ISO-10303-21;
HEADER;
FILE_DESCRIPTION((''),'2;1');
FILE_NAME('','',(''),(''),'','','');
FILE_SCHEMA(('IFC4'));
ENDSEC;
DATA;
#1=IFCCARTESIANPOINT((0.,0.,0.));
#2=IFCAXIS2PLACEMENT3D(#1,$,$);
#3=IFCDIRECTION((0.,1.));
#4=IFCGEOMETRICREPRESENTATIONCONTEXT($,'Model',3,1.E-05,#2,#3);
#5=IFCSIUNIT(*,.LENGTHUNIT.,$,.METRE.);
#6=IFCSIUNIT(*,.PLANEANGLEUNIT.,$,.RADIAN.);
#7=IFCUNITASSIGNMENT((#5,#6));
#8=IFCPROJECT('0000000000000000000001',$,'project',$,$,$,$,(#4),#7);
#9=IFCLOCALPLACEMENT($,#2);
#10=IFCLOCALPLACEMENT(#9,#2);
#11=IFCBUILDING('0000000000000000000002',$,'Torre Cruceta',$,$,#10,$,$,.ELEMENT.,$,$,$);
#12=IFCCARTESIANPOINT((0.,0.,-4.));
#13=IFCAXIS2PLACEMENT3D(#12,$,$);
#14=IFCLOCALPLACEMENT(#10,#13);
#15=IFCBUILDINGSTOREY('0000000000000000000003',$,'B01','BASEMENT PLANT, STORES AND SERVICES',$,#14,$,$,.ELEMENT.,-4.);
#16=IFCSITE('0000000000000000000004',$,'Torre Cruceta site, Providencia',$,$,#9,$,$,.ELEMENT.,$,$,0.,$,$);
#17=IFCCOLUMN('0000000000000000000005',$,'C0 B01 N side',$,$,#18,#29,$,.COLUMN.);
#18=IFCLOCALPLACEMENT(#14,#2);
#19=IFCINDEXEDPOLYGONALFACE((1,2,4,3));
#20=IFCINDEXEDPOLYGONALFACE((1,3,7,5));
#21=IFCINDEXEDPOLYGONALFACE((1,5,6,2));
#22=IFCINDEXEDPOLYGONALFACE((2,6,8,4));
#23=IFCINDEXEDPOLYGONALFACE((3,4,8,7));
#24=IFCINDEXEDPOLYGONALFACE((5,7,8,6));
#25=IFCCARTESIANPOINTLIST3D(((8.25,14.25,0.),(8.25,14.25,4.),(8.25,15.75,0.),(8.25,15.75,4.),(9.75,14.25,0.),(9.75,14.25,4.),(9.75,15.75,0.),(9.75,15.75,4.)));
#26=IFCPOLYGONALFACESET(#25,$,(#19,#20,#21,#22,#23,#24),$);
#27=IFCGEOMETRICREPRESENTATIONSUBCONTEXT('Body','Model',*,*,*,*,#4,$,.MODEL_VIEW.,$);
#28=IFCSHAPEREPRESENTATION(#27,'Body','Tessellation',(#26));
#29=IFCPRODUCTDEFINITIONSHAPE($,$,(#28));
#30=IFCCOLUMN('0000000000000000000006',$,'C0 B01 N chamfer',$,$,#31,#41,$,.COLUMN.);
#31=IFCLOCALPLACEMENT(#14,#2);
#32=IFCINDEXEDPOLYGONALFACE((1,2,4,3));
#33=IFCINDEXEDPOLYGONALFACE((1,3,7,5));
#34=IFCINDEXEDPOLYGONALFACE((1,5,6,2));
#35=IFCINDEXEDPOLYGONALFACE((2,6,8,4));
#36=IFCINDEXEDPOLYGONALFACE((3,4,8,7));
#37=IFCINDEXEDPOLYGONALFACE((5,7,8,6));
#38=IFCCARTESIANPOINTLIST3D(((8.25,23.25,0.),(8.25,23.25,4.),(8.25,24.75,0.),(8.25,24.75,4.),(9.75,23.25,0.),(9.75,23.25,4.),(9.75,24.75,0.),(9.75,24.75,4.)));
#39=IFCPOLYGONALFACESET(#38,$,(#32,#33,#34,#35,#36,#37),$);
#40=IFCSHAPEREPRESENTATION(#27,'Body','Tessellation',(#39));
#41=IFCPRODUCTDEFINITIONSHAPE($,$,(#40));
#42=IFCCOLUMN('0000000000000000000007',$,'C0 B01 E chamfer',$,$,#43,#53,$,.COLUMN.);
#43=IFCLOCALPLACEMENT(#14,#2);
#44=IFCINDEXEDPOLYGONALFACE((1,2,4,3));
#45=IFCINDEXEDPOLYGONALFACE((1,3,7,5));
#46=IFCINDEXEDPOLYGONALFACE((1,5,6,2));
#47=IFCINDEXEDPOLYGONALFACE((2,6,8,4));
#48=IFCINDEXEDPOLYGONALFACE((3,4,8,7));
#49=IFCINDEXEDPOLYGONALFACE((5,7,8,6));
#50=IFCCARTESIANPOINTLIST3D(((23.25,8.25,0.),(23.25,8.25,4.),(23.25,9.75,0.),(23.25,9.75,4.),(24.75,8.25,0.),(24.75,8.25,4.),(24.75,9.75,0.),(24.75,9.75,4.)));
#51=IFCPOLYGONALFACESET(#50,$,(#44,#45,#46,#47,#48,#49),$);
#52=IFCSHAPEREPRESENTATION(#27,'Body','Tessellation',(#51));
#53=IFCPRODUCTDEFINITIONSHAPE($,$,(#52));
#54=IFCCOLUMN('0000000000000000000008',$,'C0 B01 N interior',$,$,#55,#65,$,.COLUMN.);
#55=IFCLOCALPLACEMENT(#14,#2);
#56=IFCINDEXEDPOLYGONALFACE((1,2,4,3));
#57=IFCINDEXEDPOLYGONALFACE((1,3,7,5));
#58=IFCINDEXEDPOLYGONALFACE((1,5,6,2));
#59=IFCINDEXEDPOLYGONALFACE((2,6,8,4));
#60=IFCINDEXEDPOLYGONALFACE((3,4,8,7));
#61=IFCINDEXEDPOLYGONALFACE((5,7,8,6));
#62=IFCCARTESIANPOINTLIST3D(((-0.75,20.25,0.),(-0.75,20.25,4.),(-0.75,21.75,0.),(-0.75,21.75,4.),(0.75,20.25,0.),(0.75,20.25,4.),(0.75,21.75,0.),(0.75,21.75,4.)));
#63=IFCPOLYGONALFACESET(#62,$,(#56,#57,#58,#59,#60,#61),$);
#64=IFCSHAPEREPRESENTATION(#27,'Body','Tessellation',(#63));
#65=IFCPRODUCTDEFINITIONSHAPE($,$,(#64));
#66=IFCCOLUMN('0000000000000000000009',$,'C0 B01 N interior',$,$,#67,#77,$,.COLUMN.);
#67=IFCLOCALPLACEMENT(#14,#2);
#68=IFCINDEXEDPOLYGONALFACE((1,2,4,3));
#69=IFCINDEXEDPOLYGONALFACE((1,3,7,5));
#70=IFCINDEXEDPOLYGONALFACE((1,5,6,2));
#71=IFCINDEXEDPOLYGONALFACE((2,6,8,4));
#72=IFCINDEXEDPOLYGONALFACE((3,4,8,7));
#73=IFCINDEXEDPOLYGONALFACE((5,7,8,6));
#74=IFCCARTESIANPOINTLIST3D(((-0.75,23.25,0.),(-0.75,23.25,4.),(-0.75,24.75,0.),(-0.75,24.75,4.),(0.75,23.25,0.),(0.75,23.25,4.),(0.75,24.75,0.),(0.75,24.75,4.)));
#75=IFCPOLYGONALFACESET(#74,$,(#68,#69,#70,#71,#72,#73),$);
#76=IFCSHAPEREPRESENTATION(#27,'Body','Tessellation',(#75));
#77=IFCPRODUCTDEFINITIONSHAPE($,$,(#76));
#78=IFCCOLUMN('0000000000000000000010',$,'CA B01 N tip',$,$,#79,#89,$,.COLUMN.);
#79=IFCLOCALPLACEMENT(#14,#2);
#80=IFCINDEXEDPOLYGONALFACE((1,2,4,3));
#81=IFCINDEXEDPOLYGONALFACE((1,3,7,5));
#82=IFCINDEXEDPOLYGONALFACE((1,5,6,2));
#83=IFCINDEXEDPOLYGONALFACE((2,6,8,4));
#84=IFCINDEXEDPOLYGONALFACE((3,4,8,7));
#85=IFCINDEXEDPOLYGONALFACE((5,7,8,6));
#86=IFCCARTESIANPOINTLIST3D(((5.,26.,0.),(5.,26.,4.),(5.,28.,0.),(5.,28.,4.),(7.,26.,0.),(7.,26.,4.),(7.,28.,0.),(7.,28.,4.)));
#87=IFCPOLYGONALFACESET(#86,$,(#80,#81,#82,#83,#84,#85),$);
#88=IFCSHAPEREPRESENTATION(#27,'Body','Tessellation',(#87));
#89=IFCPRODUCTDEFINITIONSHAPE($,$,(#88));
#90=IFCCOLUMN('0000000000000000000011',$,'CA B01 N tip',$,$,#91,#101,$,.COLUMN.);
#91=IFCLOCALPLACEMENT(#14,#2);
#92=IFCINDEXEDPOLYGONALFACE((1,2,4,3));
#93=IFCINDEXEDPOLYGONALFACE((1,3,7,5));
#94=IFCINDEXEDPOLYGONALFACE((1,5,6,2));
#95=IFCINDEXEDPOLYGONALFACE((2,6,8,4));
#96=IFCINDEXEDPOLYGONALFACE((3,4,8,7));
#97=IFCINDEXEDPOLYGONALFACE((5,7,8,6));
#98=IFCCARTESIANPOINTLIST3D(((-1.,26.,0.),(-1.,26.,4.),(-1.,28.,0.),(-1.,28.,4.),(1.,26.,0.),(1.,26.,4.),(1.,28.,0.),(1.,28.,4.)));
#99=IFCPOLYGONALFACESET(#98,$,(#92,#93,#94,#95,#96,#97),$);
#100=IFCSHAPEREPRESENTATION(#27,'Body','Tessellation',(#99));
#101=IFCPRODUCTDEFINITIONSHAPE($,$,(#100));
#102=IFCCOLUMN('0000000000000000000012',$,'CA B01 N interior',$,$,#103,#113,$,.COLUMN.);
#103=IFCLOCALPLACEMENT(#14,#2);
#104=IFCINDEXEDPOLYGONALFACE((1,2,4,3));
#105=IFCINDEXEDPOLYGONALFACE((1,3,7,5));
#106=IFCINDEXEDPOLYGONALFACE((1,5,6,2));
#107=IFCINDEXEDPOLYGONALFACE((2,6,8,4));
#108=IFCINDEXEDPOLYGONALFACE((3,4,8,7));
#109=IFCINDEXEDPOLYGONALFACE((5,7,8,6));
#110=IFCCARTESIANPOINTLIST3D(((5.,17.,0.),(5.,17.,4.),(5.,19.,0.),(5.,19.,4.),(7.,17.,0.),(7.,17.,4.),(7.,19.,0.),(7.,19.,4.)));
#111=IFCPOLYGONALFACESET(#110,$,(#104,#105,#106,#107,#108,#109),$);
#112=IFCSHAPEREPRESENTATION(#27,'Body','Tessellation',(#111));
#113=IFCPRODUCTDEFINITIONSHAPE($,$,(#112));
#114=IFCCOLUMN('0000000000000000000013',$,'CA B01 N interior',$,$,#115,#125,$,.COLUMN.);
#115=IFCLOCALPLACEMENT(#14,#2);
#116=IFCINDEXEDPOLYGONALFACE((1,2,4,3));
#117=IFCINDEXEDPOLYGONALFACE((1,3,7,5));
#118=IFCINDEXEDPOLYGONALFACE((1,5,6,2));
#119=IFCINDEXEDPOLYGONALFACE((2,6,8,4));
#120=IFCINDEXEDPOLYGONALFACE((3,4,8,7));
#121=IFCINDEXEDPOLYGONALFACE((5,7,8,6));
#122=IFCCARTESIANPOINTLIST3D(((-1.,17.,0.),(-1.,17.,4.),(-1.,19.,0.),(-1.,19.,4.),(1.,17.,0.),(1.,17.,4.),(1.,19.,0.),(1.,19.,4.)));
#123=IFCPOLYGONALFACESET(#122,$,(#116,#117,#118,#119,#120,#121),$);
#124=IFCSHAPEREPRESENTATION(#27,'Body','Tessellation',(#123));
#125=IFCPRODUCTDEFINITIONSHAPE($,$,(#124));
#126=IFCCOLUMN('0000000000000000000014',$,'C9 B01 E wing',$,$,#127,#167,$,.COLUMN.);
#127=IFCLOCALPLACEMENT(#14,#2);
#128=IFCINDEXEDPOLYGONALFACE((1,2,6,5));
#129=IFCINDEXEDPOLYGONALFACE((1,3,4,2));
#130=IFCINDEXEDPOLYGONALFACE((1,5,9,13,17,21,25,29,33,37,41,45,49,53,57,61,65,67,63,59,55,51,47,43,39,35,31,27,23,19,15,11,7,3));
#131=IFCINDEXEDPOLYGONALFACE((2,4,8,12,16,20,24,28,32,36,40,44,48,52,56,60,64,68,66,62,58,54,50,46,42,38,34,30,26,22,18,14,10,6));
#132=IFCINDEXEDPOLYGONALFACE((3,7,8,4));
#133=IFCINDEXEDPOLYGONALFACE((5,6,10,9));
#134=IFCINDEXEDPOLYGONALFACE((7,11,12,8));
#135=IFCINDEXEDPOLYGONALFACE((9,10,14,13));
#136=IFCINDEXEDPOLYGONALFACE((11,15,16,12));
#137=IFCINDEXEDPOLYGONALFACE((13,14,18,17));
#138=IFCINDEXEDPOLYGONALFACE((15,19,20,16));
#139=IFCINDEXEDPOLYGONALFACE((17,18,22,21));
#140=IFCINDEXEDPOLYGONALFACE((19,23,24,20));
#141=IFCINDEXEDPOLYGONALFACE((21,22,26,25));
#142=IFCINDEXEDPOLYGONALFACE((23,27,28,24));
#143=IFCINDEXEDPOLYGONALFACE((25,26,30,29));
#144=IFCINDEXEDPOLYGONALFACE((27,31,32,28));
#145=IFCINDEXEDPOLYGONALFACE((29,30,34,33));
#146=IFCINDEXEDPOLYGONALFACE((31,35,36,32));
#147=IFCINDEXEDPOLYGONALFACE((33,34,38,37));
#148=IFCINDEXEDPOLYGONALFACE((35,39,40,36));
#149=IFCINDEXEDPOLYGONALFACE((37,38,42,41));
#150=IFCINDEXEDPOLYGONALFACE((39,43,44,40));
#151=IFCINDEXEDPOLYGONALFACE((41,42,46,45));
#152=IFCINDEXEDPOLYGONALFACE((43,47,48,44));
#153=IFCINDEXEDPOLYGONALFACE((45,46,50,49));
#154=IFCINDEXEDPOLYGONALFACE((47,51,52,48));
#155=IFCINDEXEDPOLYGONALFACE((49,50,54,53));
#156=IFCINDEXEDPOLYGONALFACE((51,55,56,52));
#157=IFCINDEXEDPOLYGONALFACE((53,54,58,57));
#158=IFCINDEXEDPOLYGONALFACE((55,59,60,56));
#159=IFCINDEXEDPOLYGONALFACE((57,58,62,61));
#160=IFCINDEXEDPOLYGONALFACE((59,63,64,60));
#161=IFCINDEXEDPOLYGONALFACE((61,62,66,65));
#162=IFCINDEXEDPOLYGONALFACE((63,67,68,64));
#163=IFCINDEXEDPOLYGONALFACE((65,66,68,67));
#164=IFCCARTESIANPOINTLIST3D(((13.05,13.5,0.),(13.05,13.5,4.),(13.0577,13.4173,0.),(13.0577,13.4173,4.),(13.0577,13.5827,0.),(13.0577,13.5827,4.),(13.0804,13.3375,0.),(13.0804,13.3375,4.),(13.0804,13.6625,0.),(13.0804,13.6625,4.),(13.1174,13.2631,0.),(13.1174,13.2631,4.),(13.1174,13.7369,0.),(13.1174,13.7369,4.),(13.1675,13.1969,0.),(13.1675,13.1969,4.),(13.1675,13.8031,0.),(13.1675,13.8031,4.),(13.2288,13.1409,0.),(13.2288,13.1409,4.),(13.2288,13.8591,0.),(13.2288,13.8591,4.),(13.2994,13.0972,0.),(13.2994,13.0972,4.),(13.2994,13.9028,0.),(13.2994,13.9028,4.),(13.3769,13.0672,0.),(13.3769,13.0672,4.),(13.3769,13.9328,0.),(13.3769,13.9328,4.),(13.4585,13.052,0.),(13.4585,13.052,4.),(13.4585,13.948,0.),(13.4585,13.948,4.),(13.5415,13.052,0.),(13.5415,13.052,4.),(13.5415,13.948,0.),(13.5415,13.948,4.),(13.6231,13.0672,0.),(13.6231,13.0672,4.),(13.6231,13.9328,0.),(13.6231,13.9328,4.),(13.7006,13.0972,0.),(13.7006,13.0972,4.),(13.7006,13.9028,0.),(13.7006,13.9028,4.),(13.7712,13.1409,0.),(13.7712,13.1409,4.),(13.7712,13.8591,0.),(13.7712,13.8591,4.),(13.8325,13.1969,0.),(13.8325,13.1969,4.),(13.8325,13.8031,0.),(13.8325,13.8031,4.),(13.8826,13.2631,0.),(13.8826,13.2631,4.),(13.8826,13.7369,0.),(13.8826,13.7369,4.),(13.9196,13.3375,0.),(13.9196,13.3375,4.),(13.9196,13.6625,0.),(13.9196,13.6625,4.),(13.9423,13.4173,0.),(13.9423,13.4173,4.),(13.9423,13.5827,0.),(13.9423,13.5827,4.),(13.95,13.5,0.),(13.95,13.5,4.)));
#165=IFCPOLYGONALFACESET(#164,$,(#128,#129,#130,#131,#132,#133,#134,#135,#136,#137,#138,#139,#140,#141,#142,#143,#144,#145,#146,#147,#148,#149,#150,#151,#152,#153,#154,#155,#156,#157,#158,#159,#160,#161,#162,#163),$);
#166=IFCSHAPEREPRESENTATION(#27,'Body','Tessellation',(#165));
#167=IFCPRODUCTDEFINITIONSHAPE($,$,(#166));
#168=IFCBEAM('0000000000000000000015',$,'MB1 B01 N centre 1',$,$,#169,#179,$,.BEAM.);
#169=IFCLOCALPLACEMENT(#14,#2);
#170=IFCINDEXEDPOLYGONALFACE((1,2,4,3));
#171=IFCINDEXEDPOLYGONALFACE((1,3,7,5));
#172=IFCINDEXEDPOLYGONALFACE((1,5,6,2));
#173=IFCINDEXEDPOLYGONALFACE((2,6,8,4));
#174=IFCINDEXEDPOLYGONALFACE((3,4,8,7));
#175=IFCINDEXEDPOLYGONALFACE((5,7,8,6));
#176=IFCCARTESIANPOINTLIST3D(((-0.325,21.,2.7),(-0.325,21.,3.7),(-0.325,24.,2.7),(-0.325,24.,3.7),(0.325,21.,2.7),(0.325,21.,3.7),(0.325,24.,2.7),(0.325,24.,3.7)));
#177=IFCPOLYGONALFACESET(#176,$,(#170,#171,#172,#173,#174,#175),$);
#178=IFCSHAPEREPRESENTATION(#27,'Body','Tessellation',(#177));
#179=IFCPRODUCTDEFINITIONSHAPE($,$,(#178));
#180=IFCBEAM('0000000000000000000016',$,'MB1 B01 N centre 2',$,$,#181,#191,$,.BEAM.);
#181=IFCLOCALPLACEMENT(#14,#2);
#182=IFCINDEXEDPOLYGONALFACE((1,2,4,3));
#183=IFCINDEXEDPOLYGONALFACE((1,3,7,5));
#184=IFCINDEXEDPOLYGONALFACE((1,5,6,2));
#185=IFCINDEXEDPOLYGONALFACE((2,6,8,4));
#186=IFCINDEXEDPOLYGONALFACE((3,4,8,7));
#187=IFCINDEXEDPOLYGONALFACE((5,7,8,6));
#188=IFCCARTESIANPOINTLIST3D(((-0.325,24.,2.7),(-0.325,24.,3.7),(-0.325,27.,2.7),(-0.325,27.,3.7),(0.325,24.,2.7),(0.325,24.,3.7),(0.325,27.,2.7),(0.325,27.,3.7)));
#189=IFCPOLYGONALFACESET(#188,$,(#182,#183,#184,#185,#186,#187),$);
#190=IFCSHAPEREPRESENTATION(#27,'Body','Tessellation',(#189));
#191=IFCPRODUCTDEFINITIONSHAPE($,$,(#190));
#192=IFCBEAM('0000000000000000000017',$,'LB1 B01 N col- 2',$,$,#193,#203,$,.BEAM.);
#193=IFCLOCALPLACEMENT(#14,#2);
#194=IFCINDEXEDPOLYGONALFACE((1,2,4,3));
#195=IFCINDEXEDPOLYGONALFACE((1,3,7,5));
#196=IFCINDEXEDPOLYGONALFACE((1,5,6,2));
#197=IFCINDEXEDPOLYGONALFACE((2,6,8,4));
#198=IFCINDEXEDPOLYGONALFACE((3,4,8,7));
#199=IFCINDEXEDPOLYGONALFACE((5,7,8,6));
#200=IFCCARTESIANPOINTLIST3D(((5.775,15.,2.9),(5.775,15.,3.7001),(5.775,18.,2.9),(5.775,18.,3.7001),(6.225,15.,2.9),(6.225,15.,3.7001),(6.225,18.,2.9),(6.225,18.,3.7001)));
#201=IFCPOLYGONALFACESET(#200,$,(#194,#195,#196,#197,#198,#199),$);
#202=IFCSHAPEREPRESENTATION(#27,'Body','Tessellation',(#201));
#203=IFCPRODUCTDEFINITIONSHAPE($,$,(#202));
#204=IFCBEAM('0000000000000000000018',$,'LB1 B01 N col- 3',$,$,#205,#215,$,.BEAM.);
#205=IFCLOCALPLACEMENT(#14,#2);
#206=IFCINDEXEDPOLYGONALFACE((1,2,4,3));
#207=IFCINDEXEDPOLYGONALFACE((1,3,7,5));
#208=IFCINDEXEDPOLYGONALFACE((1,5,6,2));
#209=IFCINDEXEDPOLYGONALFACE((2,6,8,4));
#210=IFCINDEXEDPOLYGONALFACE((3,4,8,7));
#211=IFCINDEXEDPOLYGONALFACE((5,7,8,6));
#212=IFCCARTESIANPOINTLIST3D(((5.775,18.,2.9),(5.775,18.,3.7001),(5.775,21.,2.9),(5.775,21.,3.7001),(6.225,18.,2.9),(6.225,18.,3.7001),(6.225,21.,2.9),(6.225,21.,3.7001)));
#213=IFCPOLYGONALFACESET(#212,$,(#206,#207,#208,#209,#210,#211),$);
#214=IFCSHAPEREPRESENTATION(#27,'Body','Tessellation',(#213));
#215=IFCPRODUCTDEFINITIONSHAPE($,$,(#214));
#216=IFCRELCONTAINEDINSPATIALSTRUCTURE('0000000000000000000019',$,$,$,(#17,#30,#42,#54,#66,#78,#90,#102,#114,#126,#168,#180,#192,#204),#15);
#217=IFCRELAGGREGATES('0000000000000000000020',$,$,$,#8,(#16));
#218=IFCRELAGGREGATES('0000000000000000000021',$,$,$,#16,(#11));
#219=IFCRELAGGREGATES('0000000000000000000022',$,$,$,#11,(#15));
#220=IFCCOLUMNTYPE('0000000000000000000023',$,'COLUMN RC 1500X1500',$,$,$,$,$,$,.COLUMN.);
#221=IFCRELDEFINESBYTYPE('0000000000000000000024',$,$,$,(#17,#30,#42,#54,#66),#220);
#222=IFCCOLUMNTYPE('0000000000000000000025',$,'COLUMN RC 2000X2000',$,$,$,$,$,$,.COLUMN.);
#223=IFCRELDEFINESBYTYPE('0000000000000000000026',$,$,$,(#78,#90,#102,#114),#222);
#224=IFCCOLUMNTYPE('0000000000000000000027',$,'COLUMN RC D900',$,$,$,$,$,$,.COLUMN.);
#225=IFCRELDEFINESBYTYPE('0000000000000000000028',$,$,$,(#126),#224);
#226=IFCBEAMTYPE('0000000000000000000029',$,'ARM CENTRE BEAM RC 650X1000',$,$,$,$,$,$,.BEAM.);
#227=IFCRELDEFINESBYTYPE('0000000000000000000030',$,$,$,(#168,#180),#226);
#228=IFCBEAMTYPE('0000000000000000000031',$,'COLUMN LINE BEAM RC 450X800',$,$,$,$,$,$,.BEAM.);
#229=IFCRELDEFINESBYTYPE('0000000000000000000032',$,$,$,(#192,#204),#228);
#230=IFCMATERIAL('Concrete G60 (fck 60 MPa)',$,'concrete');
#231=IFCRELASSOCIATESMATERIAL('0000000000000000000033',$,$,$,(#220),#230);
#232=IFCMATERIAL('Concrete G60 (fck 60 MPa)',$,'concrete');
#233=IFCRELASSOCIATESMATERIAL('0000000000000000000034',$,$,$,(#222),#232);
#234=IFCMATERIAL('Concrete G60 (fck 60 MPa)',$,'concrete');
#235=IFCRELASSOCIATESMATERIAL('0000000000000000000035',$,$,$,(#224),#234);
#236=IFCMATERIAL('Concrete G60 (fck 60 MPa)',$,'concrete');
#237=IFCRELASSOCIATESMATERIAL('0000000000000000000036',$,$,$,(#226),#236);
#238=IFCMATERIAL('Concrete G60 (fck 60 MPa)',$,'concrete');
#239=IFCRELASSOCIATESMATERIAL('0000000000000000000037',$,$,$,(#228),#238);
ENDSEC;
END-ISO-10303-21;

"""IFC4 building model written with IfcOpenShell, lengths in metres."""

from ifc_helpers import new_model, si_unit, direction, frame, origin, origin_2d, place, context, subcontext, project, spatial, rectangle, circle, extrude, material, material_profile, profile_set, type_object, element, save


model = new_model("IFC4")

# Units and contexts
model_context = context("Model", 3, precision=1e-05, world=origin(), true_north=direction((0.0, 1.0)))
body_context = subcontext(model_context, "Body", "Model", "MODEL_VIEW")
ifc_project = project(units=[si_unit("LENGTHUNIT", "METRE"), si_unit("PLANEANGLEUNIT", "RADIAN")], contexts=[model_context])

# Site, building, storey
site_placement = place(None, origin())
site = spatial("IfcSite", under=ifc_project, at=site_placement, Name="Torre Cruceta site, Providencia", CompositionType="ELEMENT", RefElevation=0.0)
building_placement = place(site_placement, origin())
building = spatial("IfcBuilding", under=site, at=building_placement, Name="Torre Cruceta", CompositionType="ELEMENT")
storey_placement = place(building_placement, frame((0.0, 0.0, -4.0)))
storey = spatial("IfcBuildingStorey", under=building, at=storey_placement, Name="B01", Description="BASEMENT PLANT, STORES AND SERVICES", CompositionType="ELEMENT", Elevation=-4.0)

# Columns
ifc_material_1 = material(Name="Concrete G60 (fck 60 MPa)", Category="concrete")
ifc_material_profile_1 = material_profile(ifc_material_1, rectangle(XDim=1.5, YDim=1.5, at=origin_2d()), Name="RC 1500X1500")
ifc_profile_set_1 = profile_set([ifc_material_profile_1], Name="Concrete G60 (fck 60 MPa)")
column_type_1 = type_object("IfcColumnType", Name="COLUMN RC 1500X1500", PredefinedType="COLUMN", material=ifc_profile_set_1)
for number, where, z_axis, x_axis, name in (
    (1, (9.0, 15.0, 0.0), (0.0, 0.0, 1.0), (1.0, 0.0, 0.0), "C0 B01 N side"),
    (2, (9.0, 24.0, 0.0), (0.0, 0.0, 1.0), (1.0, 0.0, 0.0), "C0 B01 N chamfer"),
    (3, (24.0, 9.0, 0.0), (0.0, 0.0, 1.0), (1.0, 0.0, 0.0), "C0 B01 E chamfer"),
    (4, (0.0, 21.0, 0.0), (0.0, 0.0, 1.0), (1.0, 0.0, 0.0), "C0 B01 N interior"),
    (5, (0.0, 24.0, 0.0), (0.0, 0.0, 1.0), (1.0, 0.0, 0.0), "C0 B01 N interior"),
):
    element("IfcColumn", number, at=place(storey_placement, frame(where, z_axis=z_axis, x_axis=x_axis)), inside=storey, type_object=column_type_1, Name=name, PredefinedType="COLUMN", context=body_context, shape_type="SweptSolid", body=[
        extrude(rectangle(XDim=1.5, YDim=1.5, at=origin_2d()), origin(), (0.0, 0.0, 1.0), 4.0),
    ])
ifc_material_2 = material(Name="Concrete G60 (fck 60 MPa)", Category="concrete")
ifc_material_profile_2 = material_profile(ifc_material_2, rectangle(XDim=2.0, YDim=2.0, at=origin_2d()), Name="RC 2000X2000")
ifc_profile_set_2 = profile_set([ifc_material_profile_2], Name="Concrete G60 (fck 60 MPa)")
column_type_2 = type_object("IfcColumnType", Name="COLUMN RC 2000X2000", PredefinedType="COLUMN", material=ifc_profile_set_2)
for number, where, z_axis, x_axis, name in (
    (6, (6.0, 27.0, 0.0), (0.0, 0.0, 1.0), (1.0, 0.0, 0.0), "CA B01 N tip"),
    (7, (0.0, 27.0, 0.0), (0.0, 0.0, 1.0), (1.0, 0.0, 0.0), "CA B01 N tip"),
    (8, (6.0, 18.0, 0.0), (0.0, 0.0, 1.0), (1.0, 0.0, 0.0), "CA B01 N interior"),
    (9, (0.0, 18.0, 0.0), (0.0, 0.0, 1.0), (1.0, 0.0, 0.0), "CA B01 N interior"),
):
    element("IfcColumn", number, at=place(storey_placement, frame(where, z_axis=z_axis, x_axis=x_axis)), inside=storey, type_object=column_type_2, Name=name, PredefinedType="COLUMN", context=body_context, shape_type="SweptSolid", body=[
        extrude(rectangle(XDim=2.0, YDim=2.0, at=origin_2d()), origin(), (0.0, 0.0, 1.0), 4.0),
    ])
ifc_material_3 = material(Name="Concrete G60 (fck 60 MPa)", Category="concrete")
ifc_material_profile_3 = material_profile(ifc_material_3, circle(Radius=0.45, at=origin_2d()), Name="RC D900")
ifc_profile_set_3 = profile_set([ifc_material_profile_3], Name="Concrete G60 (fck 60 MPa)")
column_type_3 = type_object("IfcColumnType", Name="COLUMN RC D900", PredefinedType="COLUMN", material=ifc_profile_set_3)
column_placement = place(storey_placement, frame((13.5, 13.5, 0.0), z_axis=(0.0, 0.0, 1.0), x_axis=(1.0, 0.0, 0.0)))
element("IfcColumn", 10, at=column_placement, inside=storey, type_object=column_type_3, Name="C9 B01 E wing", PredefinedType="COLUMN", context=body_context, shape_type="SweptSolid", body=[
    extrude(circle(Radius=0.45, at=origin_2d()), origin(), (0.0, 0.0, 1.0), 4.0),
])

# Beams
ifc_material_4 = material(Name="Concrete G60 (fck 60 MPa)", Category="concrete")
ifc_material_profile_4 = material_profile(ifc_material_4, rectangle(XDim=0.6499, YDim=1.0, at=origin_2d()), Name="RC 650X1000")
ifc_profile_set_4 = profile_set([ifc_material_profile_4], Name="Concrete G60 (fck 60 MPa)")
beam_type_1 = type_object("IfcBeamType", Name="ARM CENTRE BEAM RC 650X1000", PredefinedType="BEAM", material=ifc_profile_set_4)
for number, where, z_axis, x_axis, name in (
    (11, (0.0, 21.0, 3.2), (0.0, 1.0, 0.0), (-1.0, 0.0, 0.0), "MB1 B01 N centre 1"),
    (12, (0.0, 24.0, 3.2), (0.0, 1.0, 0.0), (-1.0, 0.0, 0.0), "MB1 B01 N centre 2"),
):
    element("IfcBeam", number, at=place(storey_placement, frame(where, z_axis=z_axis, x_axis=x_axis)), inside=storey, type_object=beam_type_1, Name=name, PredefinedType="BEAM", context=body_context, shape_type="SweptSolid", body=[
        extrude(rectangle(XDim=0.6499, YDim=1.0, at=origin_2d()), origin(), (0.0, 0.0, 1.0), 3.0),
    ])
ifc_material_5 = material(Name="Concrete G60 (fck 60 MPa)", Category="concrete")
ifc_material_profile_5 = material_profile(ifc_material_5, rectangle(XDim=0.45, YDim=0.8, at=origin_2d()), Name="RC 450X800")
ifc_profile_set_5 = profile_set([ifc_material_profile_5], Name="Concrete G60 (fck 60 MPa)")
beam_type_2 = type_object("IfcBeamType", Name="COLUMN LINE BEAM RC 450X800", PredefinedType="BEAM", material=ifc_profile_set_5)
for number, where, z_axis, x_axis, name in (
    (13, (6.0, 15.0, 3.3), (0.0, 1.0, 0.0), (-1.0, 0.0, 0.0), "LB1 B01 N col- 2"),
    (14, (6.0, 18.0, 3.3), (0.0, 1.0, 0.0), (-1.0, 0.0, 0.0), "LB1 B01 N col- 3"),
):
    element("IfcBeam", number, at=place(storey_placement, frame(where, z_axis=z_axis, x_axis=x_axis)), inside=storey, type_object=beam_type_2, Name=name, PredefinedType="BEAM", context=body_context, shape_type="SweptSolid", body=[
        extrude(rectangle(XDim=0.45, YDim=0.8, at=origin_2d()), origin(), (0.0, 0.0, 1.0), 3.0),
    ])

save(model, "model.ifc")
